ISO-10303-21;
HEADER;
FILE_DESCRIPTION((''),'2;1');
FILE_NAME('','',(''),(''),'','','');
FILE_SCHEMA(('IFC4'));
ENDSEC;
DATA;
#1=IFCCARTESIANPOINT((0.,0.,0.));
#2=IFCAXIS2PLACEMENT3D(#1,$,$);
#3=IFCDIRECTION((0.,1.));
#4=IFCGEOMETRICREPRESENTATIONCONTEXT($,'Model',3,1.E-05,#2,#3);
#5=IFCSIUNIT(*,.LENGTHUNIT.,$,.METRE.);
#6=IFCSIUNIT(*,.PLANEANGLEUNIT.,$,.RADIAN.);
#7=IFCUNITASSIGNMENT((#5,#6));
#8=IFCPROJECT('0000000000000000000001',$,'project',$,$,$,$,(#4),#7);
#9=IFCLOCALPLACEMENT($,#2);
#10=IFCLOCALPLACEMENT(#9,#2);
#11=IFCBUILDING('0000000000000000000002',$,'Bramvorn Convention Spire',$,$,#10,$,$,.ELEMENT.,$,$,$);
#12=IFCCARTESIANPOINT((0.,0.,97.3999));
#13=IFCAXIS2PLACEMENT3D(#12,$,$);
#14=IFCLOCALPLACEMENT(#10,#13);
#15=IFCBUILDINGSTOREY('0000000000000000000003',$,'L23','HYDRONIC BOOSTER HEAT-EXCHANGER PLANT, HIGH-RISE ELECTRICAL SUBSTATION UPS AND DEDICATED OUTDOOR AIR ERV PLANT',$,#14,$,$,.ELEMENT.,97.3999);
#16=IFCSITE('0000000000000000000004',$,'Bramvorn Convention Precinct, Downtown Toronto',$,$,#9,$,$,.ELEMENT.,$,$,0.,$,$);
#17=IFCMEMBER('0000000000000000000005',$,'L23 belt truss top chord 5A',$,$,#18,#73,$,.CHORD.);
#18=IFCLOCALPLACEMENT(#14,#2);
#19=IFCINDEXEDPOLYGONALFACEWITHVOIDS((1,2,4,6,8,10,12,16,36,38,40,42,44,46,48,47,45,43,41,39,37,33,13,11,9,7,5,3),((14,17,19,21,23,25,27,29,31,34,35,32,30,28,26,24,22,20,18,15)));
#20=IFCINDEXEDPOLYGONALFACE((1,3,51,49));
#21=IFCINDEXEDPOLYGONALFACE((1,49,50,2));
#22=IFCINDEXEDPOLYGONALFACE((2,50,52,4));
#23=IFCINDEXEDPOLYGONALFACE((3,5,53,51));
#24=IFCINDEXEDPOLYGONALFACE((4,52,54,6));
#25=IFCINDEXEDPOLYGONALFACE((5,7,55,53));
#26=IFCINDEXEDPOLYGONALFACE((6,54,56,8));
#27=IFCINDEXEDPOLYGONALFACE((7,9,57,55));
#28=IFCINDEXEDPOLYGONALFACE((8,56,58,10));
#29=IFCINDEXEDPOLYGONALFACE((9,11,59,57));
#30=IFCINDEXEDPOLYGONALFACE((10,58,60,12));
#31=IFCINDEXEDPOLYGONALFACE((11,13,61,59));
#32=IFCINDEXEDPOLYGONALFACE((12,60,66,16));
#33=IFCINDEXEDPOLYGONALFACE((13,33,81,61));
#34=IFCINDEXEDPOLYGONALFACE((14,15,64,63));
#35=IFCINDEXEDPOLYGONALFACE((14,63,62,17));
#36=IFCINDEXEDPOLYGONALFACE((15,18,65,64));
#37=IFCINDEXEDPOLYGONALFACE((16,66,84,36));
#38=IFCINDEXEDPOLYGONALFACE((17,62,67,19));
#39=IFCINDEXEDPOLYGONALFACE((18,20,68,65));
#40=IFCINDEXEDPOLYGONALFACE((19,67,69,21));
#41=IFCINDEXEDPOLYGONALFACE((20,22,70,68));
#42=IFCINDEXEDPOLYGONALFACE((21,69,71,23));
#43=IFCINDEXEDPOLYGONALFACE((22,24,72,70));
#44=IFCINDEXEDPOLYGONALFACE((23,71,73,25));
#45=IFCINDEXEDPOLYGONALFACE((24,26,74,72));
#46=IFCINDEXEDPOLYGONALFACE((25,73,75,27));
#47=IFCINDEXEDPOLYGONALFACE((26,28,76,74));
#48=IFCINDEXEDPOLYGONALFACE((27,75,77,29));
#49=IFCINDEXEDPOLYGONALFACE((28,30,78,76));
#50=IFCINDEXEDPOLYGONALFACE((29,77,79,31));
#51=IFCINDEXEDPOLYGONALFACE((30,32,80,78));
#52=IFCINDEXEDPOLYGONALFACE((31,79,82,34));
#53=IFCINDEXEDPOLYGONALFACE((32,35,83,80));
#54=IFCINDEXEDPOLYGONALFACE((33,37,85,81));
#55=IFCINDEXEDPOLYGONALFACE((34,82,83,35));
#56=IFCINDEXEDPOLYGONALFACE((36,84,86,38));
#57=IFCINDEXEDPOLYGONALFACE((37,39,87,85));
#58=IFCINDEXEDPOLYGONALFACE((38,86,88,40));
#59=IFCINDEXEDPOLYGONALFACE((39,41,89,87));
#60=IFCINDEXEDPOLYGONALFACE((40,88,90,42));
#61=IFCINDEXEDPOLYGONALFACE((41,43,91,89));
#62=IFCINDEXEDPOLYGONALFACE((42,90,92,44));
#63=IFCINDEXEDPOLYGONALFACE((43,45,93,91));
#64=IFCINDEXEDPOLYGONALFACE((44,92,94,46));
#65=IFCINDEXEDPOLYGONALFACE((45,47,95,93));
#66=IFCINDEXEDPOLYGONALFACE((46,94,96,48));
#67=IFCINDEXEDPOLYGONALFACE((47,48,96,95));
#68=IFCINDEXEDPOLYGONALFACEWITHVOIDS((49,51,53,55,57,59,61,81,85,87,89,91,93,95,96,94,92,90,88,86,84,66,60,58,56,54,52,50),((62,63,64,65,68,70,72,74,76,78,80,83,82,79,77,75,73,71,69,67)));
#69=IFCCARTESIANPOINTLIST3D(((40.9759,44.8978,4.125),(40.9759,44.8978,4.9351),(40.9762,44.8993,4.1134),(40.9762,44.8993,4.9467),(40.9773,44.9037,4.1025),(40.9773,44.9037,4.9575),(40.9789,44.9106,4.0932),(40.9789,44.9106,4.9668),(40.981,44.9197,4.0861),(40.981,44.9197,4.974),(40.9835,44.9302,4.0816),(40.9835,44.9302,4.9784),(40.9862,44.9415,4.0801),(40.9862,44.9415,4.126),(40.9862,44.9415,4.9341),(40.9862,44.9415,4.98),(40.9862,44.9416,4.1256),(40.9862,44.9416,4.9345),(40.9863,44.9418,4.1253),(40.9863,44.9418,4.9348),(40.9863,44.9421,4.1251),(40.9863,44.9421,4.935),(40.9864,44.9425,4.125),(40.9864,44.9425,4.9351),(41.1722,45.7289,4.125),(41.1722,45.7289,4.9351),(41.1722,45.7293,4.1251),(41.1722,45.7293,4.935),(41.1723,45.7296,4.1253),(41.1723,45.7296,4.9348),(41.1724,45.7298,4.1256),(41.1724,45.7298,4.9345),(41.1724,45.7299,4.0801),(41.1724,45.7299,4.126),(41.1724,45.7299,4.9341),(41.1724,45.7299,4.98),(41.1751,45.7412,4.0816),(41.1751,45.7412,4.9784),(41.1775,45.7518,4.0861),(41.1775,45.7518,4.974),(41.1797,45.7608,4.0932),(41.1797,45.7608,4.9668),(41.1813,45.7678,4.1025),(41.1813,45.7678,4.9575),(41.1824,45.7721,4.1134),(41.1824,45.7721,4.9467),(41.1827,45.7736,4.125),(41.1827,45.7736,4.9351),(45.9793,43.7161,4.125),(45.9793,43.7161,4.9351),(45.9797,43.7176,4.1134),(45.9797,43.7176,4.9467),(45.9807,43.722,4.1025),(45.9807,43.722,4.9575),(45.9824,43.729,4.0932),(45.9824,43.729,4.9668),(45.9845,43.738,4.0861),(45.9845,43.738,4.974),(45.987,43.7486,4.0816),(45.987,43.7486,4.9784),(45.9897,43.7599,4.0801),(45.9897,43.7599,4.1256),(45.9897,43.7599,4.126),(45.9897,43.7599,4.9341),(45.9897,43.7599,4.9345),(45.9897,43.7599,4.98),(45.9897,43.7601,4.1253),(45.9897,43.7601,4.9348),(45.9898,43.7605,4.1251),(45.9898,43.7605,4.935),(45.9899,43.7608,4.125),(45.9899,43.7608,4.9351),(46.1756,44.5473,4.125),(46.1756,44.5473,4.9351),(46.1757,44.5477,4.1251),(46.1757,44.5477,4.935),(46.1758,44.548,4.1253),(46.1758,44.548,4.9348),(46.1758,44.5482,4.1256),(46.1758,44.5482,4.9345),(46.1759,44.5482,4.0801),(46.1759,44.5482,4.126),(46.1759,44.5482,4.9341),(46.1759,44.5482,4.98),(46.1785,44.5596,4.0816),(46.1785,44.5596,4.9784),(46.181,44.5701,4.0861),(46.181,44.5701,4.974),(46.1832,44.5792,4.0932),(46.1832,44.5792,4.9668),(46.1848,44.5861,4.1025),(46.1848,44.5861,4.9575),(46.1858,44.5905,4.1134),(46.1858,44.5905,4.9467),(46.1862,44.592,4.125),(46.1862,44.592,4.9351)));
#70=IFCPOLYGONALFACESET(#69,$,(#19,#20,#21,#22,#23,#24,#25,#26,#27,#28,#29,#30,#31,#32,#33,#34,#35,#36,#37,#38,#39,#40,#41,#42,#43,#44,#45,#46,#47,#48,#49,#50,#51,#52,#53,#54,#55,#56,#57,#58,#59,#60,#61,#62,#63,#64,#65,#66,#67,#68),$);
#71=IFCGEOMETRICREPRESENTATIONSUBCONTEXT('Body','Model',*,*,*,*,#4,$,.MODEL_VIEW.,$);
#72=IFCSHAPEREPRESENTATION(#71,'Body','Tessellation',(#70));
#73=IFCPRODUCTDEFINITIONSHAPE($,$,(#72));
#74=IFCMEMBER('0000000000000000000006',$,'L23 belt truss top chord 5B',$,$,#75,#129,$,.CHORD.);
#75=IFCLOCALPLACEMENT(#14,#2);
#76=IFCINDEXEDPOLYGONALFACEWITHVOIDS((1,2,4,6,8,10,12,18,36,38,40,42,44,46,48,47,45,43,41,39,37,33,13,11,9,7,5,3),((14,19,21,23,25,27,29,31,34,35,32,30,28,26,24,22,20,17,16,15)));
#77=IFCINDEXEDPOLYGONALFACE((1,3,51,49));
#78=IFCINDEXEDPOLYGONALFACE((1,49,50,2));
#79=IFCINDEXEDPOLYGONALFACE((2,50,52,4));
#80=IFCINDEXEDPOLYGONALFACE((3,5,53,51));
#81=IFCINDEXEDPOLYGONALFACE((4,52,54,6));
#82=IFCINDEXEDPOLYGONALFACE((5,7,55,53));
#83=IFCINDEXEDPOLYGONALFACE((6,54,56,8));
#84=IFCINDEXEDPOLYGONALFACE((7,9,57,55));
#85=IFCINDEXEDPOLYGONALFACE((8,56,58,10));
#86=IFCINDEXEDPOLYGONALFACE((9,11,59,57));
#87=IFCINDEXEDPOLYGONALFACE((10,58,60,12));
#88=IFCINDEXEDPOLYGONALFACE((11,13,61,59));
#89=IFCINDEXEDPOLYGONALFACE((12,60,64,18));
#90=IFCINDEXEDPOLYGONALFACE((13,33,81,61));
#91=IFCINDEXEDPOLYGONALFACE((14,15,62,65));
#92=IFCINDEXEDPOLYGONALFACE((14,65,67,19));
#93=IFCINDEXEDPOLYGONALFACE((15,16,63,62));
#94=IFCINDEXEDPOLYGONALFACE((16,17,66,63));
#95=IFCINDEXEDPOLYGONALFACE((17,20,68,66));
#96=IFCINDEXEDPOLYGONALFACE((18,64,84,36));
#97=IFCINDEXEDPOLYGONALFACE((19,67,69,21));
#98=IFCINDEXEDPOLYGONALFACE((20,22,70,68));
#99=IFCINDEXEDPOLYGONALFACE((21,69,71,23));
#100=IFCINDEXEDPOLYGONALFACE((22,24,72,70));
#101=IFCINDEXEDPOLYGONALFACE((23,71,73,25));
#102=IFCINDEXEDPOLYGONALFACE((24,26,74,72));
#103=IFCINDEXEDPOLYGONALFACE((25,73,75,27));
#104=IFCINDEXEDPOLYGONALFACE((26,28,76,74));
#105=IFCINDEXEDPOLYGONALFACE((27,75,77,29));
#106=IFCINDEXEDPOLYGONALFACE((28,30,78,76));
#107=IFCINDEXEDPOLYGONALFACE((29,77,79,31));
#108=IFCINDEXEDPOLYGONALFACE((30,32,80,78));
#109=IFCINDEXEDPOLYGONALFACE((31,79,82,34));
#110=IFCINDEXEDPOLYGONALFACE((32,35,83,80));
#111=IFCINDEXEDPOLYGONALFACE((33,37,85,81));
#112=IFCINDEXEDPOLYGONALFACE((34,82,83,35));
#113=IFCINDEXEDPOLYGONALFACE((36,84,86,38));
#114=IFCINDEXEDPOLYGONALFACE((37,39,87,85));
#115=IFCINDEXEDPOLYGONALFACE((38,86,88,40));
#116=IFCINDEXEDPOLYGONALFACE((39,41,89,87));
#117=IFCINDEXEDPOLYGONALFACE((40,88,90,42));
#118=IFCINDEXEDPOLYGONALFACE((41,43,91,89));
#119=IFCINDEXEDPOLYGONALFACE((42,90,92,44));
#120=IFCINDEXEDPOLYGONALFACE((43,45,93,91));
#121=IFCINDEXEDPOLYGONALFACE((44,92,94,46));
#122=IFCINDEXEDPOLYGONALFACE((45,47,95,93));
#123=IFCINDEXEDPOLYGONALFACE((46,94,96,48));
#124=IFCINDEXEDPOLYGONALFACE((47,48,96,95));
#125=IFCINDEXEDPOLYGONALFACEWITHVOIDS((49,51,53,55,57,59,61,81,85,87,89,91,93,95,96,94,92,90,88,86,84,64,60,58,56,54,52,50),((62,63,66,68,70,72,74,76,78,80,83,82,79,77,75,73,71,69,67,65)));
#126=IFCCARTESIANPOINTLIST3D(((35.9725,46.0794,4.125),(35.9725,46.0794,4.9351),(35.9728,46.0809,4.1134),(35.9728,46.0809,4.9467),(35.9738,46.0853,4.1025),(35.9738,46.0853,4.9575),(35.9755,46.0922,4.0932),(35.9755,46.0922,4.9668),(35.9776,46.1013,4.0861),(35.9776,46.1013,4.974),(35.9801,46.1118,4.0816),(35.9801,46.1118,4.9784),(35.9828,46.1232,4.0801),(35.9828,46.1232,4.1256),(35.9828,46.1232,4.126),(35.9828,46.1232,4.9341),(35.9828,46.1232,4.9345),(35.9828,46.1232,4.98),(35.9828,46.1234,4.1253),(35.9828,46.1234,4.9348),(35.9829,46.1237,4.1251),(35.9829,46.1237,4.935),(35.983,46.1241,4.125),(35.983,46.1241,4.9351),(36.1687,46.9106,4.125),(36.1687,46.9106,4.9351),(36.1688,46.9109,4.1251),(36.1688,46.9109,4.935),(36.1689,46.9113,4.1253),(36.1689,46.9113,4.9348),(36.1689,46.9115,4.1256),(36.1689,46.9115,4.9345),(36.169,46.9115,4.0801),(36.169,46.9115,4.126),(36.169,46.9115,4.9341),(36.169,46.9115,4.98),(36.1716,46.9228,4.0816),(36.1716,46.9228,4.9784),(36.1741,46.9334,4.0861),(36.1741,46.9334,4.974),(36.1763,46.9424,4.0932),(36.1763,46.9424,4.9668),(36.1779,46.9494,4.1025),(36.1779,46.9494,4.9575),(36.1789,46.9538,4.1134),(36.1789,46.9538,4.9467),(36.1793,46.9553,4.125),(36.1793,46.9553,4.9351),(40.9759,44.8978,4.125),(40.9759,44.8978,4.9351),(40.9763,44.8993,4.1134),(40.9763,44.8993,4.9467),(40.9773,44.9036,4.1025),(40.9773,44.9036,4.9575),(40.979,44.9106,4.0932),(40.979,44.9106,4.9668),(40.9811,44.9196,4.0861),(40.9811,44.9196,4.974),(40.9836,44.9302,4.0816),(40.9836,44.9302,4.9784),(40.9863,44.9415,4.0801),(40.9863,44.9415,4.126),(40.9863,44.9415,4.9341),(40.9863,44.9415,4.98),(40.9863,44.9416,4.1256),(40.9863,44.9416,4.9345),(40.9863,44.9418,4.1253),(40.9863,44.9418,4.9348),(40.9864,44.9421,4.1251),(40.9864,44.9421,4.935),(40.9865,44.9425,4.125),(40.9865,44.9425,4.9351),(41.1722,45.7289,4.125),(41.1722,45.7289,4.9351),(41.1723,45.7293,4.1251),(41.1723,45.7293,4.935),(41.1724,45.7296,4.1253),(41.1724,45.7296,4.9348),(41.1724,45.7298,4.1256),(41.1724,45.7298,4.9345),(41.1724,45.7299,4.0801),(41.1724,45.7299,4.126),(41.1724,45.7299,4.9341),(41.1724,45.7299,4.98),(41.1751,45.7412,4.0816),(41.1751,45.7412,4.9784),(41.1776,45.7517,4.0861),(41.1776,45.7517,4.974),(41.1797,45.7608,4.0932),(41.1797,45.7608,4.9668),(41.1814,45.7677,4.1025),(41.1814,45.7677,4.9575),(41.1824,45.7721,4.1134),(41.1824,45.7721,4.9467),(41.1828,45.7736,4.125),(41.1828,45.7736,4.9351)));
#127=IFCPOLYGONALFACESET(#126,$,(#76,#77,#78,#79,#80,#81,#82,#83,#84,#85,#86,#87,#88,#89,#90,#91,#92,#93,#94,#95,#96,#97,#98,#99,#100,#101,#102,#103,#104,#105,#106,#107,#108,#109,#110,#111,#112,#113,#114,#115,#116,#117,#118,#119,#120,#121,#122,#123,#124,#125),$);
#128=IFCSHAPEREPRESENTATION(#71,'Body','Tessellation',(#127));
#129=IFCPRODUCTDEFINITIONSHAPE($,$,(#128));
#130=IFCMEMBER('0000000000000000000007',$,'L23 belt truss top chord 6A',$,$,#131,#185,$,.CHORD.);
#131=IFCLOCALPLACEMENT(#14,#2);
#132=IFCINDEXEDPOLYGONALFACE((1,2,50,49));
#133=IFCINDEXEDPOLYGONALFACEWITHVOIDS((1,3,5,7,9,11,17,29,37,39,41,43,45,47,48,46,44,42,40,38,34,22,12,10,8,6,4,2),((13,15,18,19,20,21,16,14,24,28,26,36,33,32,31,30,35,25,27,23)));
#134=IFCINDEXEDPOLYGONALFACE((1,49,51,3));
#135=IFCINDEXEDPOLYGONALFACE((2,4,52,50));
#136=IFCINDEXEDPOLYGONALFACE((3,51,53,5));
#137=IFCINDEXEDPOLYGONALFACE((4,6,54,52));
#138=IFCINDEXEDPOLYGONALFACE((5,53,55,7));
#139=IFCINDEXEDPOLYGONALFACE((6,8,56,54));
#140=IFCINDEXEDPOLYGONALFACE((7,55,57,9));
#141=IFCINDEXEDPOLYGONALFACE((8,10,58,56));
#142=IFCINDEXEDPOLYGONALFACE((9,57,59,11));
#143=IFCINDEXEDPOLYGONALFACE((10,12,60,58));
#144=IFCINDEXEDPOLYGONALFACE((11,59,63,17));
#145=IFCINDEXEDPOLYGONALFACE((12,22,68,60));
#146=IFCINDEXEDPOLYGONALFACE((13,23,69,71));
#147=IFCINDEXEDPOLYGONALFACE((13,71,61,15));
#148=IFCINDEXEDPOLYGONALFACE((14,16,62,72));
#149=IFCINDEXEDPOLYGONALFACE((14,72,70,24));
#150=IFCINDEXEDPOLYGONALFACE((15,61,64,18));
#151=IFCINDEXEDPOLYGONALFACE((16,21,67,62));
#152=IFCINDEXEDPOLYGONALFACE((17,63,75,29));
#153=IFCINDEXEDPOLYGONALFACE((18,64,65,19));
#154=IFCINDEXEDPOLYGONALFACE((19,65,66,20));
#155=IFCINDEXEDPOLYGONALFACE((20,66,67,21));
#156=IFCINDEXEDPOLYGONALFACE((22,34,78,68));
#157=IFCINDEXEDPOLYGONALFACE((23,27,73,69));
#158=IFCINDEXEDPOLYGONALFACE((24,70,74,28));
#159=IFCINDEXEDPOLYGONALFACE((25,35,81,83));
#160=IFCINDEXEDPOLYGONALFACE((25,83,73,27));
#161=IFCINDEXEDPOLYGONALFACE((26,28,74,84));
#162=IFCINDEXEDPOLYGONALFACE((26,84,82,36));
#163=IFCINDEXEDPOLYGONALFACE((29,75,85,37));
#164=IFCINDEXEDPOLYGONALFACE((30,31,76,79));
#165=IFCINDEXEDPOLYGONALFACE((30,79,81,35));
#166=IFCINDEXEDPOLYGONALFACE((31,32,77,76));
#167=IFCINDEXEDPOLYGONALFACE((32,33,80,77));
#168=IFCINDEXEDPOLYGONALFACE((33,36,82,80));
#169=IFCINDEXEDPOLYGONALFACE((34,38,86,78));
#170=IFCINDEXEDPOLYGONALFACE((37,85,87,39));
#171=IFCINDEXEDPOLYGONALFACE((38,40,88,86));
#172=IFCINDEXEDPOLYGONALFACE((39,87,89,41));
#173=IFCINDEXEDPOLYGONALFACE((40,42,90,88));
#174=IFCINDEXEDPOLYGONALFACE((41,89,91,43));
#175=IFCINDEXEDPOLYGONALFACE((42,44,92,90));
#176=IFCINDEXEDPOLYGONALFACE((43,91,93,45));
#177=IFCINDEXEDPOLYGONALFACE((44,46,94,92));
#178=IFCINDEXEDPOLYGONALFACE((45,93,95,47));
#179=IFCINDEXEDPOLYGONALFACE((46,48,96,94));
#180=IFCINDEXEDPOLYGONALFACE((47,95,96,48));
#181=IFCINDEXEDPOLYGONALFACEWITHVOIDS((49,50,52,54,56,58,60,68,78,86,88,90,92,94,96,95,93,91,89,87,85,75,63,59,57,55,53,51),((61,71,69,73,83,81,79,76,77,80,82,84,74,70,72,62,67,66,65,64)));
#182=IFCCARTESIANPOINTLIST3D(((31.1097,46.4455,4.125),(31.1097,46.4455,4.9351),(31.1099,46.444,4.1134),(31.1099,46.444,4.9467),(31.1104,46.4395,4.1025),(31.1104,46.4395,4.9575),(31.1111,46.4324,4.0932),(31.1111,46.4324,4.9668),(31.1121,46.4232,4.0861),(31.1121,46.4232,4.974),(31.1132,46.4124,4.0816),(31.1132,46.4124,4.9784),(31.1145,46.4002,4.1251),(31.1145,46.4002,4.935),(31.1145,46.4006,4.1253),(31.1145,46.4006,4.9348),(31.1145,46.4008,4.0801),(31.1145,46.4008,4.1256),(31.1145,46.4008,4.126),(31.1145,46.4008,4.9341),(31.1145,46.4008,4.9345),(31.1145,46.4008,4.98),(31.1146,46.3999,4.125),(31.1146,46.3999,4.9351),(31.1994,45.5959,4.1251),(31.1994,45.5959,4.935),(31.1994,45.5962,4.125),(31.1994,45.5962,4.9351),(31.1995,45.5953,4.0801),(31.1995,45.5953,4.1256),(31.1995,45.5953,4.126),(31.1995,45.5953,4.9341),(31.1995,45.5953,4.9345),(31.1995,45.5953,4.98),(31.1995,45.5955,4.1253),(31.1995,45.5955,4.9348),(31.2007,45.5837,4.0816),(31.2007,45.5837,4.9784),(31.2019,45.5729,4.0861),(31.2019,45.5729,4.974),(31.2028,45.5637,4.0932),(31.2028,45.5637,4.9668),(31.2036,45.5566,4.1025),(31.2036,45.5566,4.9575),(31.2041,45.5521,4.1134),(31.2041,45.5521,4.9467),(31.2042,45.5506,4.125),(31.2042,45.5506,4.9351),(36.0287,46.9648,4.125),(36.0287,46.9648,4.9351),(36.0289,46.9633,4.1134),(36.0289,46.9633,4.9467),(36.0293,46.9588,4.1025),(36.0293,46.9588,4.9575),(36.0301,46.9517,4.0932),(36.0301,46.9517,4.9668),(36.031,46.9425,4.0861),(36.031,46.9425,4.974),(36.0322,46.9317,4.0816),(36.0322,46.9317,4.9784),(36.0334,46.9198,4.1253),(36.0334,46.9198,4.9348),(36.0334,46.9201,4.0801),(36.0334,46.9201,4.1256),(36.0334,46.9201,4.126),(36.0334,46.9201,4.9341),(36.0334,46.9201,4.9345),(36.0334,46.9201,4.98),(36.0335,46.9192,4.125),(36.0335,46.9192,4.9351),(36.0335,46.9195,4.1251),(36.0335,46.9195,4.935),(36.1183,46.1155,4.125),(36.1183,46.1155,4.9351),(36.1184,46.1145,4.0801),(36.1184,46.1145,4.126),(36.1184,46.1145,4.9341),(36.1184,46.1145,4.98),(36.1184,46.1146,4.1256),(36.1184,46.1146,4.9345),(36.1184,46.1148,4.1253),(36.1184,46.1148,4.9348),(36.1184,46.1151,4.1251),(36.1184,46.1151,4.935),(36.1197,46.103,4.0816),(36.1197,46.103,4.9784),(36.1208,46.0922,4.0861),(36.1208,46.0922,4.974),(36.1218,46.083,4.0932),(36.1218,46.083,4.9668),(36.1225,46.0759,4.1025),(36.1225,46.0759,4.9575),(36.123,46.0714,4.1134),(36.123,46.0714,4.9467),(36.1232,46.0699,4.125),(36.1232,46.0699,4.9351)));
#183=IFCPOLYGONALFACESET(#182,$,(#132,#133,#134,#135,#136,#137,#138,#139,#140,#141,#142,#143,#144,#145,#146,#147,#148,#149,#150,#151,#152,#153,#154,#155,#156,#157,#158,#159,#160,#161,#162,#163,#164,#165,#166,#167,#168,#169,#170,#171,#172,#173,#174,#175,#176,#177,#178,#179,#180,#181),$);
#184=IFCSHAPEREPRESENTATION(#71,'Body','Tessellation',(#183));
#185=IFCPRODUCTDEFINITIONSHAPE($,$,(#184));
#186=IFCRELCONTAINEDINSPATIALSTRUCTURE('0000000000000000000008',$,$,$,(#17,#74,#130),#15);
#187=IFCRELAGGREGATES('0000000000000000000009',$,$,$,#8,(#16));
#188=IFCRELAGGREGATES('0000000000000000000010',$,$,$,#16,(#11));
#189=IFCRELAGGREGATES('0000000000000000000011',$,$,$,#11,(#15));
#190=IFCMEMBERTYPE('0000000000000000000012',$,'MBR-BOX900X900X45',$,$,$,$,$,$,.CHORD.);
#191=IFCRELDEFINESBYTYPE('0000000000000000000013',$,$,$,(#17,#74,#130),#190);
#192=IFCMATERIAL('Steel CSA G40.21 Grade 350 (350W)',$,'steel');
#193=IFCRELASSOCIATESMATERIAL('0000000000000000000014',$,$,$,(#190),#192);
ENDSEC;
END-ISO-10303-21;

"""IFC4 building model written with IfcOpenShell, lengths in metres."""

from ifc_helpers import new_model, si_unit, direction, frame, origin, origin_2d, place, context, subcontext, project, spatial, hollow_rectangle, extrude, material, material_profile, profile_set, type_object, element, save


model = new_model("IFC4")

# Units and contexts
model_context = context("Model", 3, precision=1e-05, world=origin(), true_north=direction((0.0, 1.0)))
body_context = subcontext(model_context, "Body", "Model", "MODEL_VIEW")
ifc_project = project(units=[si_unit("LENGTHUNIT", "METRE"), si_unit("PLANEANGLEUNIT", "RADIAN")], contexts=[model_context])

# Site, building, storey
site_placement = place(None, origin())
site = spatial("IfcSite", under=ifc_project, at=site_placement, Name="Bramvorn Convention Precinct, Downtown Toronto", CompositionType="ELEMENT", RefElevation=0.0)
building_placement = place(site_placement, origin())
building = spatial("IfcBuilding", under=site, at=building_placement, Name="Bramvorn Convention Spire", CompositionType="ELEMENT")
storey_placement = place(building_placement, frame((0.0, 0.0, 97.3999)))
storey = spatial("IfcBuildingStorey", under=building, at=storey_placement, Name="L23", Description="HYDRONIC BOOSTER HEAT-EXCHANGER PLANT, HIGH-RISE ELECTRICAL SUBSTATION UPS AND DEDICATED OUTDOOR AIR ERV PLANT", CompositionType="ELEMENT", Elevation=97.3999)

# Shared definitions
ifc_material_1 = material(Name="Steel CSA G40.21 Grade 350 (350W)", Category="steel")

# Members
ifc_material_profile_1 = material_profile(ifc_material_1, hollow_rectangle(XDim=0.8999, YDim=0.8999, WallThickness=0.0449, InnerFilletRadius=0.001, OuterFilletRadius=0.0449, at=origin_2d()))
ifc_profile_set_1 = profile_set([ifc_material_profile_1], Name="Steel CSA G40.21 Grade 350 (350W) - BOX900X900X45")
member_type_1 = type_object("IfcMemberType", Name="MBR-BOX900X900X45", PredefinedType="CHORD", material=ifc_profile_set_1)
for number, where, z_axis, x_axis, name in (
    (1, (46.0828, 44.1541, 4.53), (-0.973228, 0.229844, 0.0), (-0.229844, -0.973228, 0.0), "L23 belt truss top chord 5A"),
    (2, (41.0793, 45.3357, 4.53), (-0.973228, 0.229844, 0.0), (-0.229844, -0.973228, 0.0), "L23 belt truss top chord 5B"),
):
    element("IfcMember", number, at=place(storey_placement, frame(where, z_axis=z_axis, x_axis=x_axis)), inside=storey, type_object=member_type_1, Name=name, PredefinedType="CHORD", context=body_context, shape_type="SweptSolid", body=[
        extrude(hollow_rectangle(XDim=0.8999, YDim=0.8999, WallThickness=0.0449, InnerFilletRadius=0.001, OuterFilletRadius=0.0449, at=origin_2d()), origin(), (0.0, 0.0, 1.0), 5.1411),
    ])
member_1_placement = place(storey_placement, frame((36.0759, 46.5173, 4.53), z_axis=(-0.994474, -0.104985, 0.0), x_axis=(0.104985, -0.994474, 0.0)))
element("IfcMember", 3, at=member_1_placement, inside=storey, type_object=member_type_1, Name="L23 belt truss top chord 6A", PredefinedType="CHORD", context=body_context, shape_type="SweptSolid", body=[
    extrude(hollow_rectangle(XDim=0.8999, YDim=0.8999, WallThickness=0.0449, InnerFilletRadius=0.001, OuterFilletRadius=0.0449, at=origin_2d()), origin(), (0.0, 0.0, 1.0), 4.9463),
])

save(model, "model.ifc")
